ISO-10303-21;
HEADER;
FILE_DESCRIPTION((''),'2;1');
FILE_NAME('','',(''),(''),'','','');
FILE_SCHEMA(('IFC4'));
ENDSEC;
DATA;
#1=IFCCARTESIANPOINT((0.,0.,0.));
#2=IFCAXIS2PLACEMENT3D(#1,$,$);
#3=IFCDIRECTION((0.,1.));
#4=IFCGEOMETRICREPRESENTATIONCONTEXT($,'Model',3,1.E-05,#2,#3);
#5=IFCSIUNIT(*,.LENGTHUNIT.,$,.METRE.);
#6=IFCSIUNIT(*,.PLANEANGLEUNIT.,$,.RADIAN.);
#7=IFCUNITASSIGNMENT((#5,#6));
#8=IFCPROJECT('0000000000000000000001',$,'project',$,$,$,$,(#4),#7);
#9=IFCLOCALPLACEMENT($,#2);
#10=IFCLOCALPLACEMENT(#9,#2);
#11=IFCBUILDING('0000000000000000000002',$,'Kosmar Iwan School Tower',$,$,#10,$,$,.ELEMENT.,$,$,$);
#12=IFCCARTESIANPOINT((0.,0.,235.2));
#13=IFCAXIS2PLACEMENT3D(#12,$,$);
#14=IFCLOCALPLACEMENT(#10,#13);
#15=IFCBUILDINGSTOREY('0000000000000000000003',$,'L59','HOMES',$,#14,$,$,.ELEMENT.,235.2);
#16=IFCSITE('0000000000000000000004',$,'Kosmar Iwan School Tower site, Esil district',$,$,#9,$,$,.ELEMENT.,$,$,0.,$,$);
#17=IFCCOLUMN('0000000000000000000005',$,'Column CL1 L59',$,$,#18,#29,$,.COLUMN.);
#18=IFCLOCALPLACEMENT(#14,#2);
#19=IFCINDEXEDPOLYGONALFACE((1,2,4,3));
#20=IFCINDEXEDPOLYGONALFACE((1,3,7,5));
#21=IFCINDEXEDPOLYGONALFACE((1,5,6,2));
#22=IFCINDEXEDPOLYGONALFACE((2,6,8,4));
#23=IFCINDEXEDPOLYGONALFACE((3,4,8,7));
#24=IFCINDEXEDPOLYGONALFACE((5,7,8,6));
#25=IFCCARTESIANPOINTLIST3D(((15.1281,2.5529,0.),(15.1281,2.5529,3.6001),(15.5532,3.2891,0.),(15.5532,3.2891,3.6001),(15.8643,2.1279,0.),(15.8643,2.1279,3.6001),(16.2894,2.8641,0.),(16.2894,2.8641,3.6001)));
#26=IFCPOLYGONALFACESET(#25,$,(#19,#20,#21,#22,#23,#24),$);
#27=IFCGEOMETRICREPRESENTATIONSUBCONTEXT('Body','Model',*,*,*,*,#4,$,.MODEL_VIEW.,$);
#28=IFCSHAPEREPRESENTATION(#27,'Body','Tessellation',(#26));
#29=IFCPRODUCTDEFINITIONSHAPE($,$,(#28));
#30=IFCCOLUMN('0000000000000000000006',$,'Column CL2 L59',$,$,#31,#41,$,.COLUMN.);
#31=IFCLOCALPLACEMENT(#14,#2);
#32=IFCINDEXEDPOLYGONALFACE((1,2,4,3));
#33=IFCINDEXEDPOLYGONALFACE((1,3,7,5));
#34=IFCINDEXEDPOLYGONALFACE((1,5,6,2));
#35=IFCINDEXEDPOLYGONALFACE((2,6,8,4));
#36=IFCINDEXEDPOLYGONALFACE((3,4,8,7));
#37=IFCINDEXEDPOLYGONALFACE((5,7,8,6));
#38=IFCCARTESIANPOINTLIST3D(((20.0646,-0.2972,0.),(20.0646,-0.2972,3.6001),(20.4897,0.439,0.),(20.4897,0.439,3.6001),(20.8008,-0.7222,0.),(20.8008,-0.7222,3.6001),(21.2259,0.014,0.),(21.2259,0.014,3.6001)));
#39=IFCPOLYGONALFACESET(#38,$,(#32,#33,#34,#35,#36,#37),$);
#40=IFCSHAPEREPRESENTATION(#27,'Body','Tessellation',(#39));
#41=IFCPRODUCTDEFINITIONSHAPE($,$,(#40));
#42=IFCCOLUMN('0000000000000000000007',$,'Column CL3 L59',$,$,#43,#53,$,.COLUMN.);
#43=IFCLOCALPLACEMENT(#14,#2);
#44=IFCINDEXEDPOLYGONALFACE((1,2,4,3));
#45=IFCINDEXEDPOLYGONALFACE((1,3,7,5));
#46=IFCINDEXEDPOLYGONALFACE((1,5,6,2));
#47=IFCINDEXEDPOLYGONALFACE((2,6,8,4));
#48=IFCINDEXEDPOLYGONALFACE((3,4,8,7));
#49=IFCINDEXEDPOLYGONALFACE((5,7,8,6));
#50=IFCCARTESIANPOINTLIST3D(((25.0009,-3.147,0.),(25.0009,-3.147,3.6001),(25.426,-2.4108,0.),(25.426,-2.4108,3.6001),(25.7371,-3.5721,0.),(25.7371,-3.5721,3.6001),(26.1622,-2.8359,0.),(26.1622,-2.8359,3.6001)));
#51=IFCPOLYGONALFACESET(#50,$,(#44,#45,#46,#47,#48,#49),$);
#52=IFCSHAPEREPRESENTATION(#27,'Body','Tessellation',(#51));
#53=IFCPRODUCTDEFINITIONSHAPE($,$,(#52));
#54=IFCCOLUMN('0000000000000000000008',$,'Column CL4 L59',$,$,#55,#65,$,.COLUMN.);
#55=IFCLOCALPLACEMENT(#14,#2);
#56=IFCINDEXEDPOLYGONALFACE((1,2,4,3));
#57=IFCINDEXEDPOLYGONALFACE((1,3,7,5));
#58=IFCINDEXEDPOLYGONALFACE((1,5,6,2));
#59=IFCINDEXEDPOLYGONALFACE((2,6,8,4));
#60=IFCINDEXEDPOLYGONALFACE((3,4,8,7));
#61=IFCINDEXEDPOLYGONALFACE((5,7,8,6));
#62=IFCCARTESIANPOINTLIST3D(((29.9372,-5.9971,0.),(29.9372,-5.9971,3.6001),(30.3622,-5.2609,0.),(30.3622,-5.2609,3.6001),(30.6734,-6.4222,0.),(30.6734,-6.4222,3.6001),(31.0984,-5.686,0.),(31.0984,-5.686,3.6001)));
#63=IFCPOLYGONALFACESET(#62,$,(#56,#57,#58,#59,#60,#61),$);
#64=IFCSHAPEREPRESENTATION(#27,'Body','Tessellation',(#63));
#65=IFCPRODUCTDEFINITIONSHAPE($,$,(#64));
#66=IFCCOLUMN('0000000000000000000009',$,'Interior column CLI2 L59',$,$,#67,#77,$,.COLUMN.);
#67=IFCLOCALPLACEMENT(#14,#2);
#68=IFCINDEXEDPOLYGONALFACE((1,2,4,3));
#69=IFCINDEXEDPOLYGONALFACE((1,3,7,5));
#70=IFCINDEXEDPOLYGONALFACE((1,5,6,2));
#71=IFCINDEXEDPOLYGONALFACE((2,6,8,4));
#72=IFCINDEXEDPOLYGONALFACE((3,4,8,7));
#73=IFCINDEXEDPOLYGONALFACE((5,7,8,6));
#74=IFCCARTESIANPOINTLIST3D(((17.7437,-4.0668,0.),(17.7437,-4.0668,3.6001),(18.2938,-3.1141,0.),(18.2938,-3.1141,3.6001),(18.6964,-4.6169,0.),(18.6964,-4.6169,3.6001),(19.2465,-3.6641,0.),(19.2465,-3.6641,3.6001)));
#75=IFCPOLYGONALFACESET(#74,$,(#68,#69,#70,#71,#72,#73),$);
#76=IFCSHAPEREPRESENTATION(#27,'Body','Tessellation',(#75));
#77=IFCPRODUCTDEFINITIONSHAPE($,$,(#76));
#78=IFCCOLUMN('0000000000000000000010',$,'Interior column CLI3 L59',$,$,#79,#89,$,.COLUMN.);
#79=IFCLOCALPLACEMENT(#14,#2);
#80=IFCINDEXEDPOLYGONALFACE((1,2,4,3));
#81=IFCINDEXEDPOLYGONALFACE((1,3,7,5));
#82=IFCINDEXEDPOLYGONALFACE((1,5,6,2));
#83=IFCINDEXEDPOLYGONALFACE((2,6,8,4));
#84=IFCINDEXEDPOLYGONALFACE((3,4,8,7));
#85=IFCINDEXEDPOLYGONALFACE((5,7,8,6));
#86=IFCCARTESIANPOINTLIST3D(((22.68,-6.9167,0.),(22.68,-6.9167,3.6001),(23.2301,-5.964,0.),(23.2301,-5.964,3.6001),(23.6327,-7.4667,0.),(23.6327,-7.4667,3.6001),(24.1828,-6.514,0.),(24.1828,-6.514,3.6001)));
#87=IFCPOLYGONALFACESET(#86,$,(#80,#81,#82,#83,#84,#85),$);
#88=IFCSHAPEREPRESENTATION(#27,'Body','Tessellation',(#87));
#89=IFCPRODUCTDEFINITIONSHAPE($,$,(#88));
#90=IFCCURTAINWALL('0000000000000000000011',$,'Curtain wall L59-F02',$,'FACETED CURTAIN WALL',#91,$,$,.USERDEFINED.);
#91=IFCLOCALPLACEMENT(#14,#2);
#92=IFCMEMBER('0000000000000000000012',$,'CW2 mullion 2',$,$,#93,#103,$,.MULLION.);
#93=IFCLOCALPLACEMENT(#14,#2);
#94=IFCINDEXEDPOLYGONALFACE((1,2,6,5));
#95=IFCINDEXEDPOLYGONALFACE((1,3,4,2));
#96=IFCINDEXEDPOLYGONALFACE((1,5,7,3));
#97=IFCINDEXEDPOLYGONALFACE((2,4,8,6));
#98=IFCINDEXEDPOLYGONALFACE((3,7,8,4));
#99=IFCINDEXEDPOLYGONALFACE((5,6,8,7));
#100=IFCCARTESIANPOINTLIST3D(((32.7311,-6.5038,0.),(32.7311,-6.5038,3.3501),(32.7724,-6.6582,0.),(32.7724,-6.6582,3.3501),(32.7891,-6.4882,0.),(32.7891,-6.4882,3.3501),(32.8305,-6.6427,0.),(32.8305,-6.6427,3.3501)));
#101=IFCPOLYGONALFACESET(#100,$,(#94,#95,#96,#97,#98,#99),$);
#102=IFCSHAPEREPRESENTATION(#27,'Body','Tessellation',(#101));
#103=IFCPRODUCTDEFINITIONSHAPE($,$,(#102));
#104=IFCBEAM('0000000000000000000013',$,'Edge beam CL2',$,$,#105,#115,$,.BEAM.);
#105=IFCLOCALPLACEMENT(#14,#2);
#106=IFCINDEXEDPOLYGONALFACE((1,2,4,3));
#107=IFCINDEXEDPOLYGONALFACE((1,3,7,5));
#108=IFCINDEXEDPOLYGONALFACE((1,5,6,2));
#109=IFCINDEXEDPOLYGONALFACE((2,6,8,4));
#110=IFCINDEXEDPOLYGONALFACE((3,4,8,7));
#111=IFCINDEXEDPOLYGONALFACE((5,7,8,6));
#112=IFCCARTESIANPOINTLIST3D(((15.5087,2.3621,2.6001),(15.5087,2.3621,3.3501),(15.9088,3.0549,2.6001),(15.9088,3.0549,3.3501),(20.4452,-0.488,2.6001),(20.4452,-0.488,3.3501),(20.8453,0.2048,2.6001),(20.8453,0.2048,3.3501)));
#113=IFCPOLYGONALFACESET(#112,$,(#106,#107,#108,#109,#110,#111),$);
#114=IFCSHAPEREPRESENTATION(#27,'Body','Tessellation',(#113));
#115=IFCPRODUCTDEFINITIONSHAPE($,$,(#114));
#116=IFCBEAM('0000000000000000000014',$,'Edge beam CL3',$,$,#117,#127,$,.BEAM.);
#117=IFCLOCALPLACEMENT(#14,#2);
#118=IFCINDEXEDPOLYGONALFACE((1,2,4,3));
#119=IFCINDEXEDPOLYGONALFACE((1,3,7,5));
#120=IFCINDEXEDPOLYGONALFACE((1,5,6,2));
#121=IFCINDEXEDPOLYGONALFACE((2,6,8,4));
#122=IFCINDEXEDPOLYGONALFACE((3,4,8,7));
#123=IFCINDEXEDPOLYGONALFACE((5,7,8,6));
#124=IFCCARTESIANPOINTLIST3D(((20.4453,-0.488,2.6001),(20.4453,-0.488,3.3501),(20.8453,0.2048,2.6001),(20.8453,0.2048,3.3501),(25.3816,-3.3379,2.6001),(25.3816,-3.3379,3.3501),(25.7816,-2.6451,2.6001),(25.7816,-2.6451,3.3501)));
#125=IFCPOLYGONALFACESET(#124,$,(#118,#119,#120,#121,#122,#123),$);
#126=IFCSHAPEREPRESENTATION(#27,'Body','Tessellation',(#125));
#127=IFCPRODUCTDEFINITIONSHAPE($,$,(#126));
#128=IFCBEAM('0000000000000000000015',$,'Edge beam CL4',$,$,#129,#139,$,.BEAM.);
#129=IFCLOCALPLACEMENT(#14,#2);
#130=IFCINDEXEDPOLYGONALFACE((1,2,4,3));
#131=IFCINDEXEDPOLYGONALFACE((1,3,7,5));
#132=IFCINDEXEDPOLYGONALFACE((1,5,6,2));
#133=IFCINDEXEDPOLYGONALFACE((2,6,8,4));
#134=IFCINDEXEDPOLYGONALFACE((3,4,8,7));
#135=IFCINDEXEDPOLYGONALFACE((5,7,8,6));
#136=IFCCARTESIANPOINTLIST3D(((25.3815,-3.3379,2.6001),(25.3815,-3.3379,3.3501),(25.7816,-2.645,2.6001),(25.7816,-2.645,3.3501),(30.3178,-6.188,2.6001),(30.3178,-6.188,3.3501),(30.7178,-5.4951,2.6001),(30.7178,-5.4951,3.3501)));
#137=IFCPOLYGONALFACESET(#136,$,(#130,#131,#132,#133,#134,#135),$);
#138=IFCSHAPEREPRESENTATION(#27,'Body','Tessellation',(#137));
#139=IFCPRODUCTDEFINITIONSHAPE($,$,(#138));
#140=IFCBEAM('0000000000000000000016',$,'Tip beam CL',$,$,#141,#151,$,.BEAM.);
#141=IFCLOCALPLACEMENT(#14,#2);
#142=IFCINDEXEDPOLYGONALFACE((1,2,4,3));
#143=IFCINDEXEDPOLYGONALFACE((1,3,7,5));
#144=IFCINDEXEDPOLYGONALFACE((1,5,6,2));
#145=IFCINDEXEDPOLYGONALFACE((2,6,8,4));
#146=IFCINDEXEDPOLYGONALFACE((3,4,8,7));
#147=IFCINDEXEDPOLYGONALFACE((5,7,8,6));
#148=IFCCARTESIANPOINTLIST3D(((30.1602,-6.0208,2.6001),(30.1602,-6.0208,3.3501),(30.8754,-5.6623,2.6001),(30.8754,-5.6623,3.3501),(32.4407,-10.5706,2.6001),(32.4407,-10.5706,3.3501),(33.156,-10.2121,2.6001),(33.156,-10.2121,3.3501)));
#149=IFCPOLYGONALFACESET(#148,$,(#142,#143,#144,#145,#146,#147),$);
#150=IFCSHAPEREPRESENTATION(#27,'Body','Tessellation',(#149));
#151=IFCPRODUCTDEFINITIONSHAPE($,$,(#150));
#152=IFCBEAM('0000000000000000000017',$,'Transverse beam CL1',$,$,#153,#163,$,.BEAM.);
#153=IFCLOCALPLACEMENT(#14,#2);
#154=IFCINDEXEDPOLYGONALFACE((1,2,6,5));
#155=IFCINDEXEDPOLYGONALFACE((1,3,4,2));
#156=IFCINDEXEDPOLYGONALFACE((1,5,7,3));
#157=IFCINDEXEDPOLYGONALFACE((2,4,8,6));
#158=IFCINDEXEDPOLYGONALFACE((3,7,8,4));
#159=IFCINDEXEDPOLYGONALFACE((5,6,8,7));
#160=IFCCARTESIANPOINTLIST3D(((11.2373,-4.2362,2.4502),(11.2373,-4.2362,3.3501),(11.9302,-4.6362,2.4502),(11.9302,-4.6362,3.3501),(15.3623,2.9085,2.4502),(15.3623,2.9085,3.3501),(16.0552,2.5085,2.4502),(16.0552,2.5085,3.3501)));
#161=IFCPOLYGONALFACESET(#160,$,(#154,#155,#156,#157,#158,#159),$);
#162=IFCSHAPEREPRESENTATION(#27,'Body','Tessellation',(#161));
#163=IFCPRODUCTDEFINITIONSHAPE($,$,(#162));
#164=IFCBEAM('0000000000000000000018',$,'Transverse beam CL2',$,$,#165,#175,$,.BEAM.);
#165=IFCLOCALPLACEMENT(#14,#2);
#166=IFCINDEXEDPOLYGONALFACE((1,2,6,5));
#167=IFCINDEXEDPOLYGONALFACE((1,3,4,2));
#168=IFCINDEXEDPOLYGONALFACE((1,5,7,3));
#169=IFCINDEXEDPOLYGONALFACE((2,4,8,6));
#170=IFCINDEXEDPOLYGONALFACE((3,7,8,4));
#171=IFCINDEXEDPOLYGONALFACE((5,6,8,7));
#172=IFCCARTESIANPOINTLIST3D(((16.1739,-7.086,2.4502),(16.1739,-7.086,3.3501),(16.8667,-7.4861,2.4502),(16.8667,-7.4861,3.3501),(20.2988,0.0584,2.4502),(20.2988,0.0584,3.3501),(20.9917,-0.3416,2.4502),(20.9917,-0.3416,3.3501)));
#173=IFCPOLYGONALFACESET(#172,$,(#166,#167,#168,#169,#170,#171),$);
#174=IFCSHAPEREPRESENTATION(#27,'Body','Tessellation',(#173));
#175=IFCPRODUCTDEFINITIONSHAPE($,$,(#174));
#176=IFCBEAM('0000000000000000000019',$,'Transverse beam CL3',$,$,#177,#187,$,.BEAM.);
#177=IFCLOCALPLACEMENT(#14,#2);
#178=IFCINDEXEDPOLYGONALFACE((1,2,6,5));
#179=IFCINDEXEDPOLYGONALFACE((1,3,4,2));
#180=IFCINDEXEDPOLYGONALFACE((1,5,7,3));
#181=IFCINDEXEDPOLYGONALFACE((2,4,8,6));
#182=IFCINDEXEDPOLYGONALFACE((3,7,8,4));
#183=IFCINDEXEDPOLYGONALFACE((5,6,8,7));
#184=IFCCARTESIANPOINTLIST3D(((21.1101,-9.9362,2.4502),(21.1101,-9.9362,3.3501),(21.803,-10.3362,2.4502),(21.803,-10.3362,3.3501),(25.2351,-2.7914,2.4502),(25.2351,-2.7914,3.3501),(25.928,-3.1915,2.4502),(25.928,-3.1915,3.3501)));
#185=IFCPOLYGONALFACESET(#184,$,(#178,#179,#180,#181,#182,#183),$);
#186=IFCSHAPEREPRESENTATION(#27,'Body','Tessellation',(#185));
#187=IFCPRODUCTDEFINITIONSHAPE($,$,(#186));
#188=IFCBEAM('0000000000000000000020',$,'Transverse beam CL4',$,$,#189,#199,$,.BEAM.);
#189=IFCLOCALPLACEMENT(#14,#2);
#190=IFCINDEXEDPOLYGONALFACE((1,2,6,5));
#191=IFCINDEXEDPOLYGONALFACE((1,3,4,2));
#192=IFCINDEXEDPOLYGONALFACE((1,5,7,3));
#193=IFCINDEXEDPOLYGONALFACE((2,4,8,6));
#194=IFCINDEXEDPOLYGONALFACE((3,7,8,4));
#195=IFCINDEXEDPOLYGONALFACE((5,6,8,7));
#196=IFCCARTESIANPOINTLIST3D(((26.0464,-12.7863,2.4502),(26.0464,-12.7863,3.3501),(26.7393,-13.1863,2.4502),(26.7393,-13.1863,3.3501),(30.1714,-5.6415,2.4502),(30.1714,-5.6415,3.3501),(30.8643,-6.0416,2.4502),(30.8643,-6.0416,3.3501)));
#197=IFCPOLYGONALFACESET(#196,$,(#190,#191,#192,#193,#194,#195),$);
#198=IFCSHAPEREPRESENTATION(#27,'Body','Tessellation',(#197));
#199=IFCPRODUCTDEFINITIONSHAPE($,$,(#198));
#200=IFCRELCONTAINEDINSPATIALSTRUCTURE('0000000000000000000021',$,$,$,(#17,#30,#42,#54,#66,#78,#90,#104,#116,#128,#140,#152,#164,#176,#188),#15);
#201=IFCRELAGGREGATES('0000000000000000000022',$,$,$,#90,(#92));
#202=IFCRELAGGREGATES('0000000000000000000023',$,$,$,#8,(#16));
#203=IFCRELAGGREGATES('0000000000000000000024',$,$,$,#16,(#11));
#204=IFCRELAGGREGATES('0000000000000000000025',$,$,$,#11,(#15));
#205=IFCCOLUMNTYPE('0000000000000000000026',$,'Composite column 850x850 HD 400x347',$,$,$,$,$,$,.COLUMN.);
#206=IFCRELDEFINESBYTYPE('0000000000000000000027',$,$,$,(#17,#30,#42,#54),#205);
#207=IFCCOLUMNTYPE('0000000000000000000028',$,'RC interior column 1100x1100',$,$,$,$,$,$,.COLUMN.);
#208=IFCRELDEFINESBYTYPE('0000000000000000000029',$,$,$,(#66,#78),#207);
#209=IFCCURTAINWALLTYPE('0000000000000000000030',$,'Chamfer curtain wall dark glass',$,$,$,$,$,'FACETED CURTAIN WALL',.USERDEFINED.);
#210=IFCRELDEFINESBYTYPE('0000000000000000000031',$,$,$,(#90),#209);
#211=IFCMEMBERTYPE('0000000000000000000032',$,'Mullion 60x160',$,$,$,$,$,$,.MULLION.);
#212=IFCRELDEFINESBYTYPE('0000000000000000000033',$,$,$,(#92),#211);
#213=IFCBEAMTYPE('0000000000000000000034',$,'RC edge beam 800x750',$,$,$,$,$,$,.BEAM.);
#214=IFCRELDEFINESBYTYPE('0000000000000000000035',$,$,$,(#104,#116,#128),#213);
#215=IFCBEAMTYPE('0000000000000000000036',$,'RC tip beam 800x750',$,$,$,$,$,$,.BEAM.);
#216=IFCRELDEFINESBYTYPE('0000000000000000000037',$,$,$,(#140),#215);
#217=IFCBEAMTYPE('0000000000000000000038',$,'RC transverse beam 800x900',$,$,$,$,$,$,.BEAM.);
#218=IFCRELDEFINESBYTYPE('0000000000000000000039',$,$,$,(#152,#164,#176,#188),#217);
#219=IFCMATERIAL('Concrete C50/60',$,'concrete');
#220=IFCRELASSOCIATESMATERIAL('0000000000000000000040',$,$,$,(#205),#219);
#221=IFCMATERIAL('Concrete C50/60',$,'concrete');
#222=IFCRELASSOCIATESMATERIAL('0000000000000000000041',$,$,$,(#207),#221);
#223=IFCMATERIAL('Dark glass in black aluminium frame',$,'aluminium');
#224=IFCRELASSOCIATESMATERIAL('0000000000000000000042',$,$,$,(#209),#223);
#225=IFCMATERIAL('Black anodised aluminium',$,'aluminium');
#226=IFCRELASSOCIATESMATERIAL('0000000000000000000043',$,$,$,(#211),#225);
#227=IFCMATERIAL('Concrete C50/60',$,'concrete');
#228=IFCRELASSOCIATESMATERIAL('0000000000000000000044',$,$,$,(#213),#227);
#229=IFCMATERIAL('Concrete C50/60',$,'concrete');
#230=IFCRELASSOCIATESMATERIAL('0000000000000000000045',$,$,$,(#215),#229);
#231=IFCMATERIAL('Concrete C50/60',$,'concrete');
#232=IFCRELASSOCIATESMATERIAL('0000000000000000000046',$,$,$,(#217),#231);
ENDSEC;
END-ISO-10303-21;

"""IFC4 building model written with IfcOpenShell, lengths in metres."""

from ifc_helpers import new_model, si_unit, direction, frame, origin, origin_2d, place, context, subcontext, project, spatial, rectangle, extrude, material, material_profile, profile_set, type_object, element, aggregate, save


model = new_model("IFC4")

# Units and contexts
model_context = context("Model", 3, precision=1e-05, world=origin(), true_north=direction((0.0, 1.0)))
body_context = subcontext(model_context, "Body", "Model", "MODEL_VIEW")
ifc_project = project(units=[si_unit("LENGTHUNIT", "METRE"), si_unit("PLANEANGLEUNIT", "RADIAN")], contexts=[model_context])

# Site, building, storey
site_placement = place(None, origin())
site = spatial("IfcSite", under=ifc_project, at=site_placement, Name="Kosmar Iwan School Tower site, Esil district", CompositionType="ELEMENT", RefElevation=0.0)
building_placement = place(site_placement, origin())
building = spatial("IfcBuilding", under=site, at=building_placement, Name="Kosmar Iwan School Tower", CompositionType="ELEMENT")
storey_placement = place(building_placement, frame((0.0, 0.0, 235.2)))
storey = spatial("IfcBuildingStorey", under=building, at=storey_placement, Name="L59", Description="HOMES", CompositionType="ELEMENT", Elevation=235.2)

# Columns
ifc_material_1 = material(Name="Concrete C50/60", Category="concrete")
ifc_material_profile_1 = material_profile(ifc_material_1, rectangle(XDim=0.8501, YDim=0.8501, at=origin_2d()), Name="RC 850x850 + HD 400x347")
ifc_profile_set_1 = profile_set([ifc_material_profile_1], Name="Concrete C50/60")
column_type_1 = type_object("IfcColumnType", Name="Composite column 850x850 HD 400x347", PredefinedType="COLUMN", material=ifc_profile_set_1)
for number, where, z_axis, x_axis, name in (
    (1, (15.7087, 2.7085, 0.0), (0.0, 0.0, 1.0), (0.866025, -0.5, 0.0), "Column CL1 L59"),
    (2, (20.6453, -0.1416, 0.0), (0.0, 0.0, 1.0), (0.866025, -0.5, 0.0), "Column CL2 L59"),
    (3, (25.5815, -2.9915, 0.0), (0.0, 0.0, 1.0), (0.866025, -0.5, 0.0), "Column CL3 L59"),
    (4, (30.5178, -5.8416, 0.0), (0.0, 0.0, 1.0), (0.866025, -0.5, 0.0), "Column CL4 L59"),
):
    element("IfcColumn", number, at=place(storey_placement, frame(where, z_axis=z_axis, x_axis=x_axis)), inside=storey, type_object=column_type_1, Name=name, PredefinedType="COLUMN", context=body_context, shape_type="SweptSolid", body=[
        extrude(rectangle(XDim=0.8501, YDim=0.8501, at=origin_2d()), origin(), (0.0, 0.0, 1.0), 3.6001),
    ])
ifc_material_2 = material(Name="Concrete C50/60", Category="concrete")
ifc_material_profile_2 = material_profile(ifc_material_2, rectangle(XDim=1.1001, YDim=1.1001, at=origin_2d()), Name="RC 1100x1100")
ifc_profile_set_2 = profile_set([ifc_material_profile_2], Name="Concrete C50/60")
column_type_2 = type_object("IfcColumnType", Name="RC interior column 1100x1100", PredefinedType="COLUMN", material=ifc_profile_set_2)
for number, where, z_axis, x_axis, name in (
    (5, (18.4951, -3.8655, 0.0), (0.0, 0.0, 1.0), (0.866025, -0.5, 0.0), "Interior column CLI2 L59"),
    (6, (23.4314, -6.7153, 0.0), (0.0, 0.0, 1.0), (0.866025, -0.5, 0.0), "Interior column CLI3 L59"),
):
    element("IfcColumn", number, at=place(storey_placement, frame(where, z_axis=z_axis, x_axis=x_axis)), inside=storey, type_object=column_type_2, Name=name, PredefinedType="COLUMN", context=body_context, shape_type="SweptSolid", body=[
        extrude(rectangle(XDim=1.1001, YDim=1.1001, at=origin_2d()), origin(), (0.0, 0.0, 1.0), 3.6001),
    ])

# Curtain wall, member
ifc_material_3 = material(Name="Dark glass in black aluminium frame", Category="aluminium")
curtain_wall_type = type_object("IfcCurtainWallType", Name="Chamfer curtain wall dark glass", ElementType="FACETED CURTAIN WALL", PredefinedType="USERDEFINED", material=ifc_material_3)
curtain_wall_placement = place(storey_placement, origin())
curtain_wall = element("IfcCurtainWall", 7, at=curtain_wall_placement, inside=storey, type_object=curtain_wall_type, Name="Curtain wall L59-F02", ObjectType="FACETED CURTAIN WALL", PredefinedType="USERDEFINED")
ifc_material_4 = material(Name="Black anodised aluminium", Category="aluminium")
ifc_material_profile_3 = material_profile(ifc_material_4, rectangle(XDim=0.0601, YDim=0.1599, at=origin_2d()), Name="MULLION 60x160")
ifc_profile_set_3 = profile_set([ifc_material_profile_3], Name="Black anodised aluminium")
member_type = type_object("IfcMemberType", Name="Mullion 60x160", PredefinedType="MULLION", material=ifc_profile_set_3)
member_placement = place(storey_placement, frame((32.7808, -6.5732, 0.0), z_axis=(0.0, 0.0, 1.0), x_axis=(-0.965926, -0.258819, 0.0)))
member = element("IfcMember", 8, at=member_placement, type_object=member_type, Name="CW2 mullion 2", PredefinedType="MULLION", context=body_context, shape_type="SweptSolid", body=[
    extrude(rectangle(XDim=0.0601, YDim=0.1599, at=origin_2d()), origin(), (0.0, 0.0, 1.0), 3.3501),
])

# Beams
ifc_material_5 = material(Name="Concrete C50/60", Category="concrete")
ifc_material_profile_4 = material_profile(ifc_material_5, rectangle(XDim=0.8, YDim=0.75, at=origin_2d()), Name="RC 800x750")
ifc_profile_set_4 = profile_set([ifc_material_profile_4], Name="Concrete C50/60")
beam_type_1 = type_object("IfcBeamType", Name="RC edge beam 800x750", PredefinedType="BEAM", material=ifc_profile_set_4)
beam_1_placement = place(storey_placement, frame((15.7087, 2.7085, 2.9751), z_axis=(0.866026, -0.499999, 0.0), x_axis=(0.499999, 0.866026, 0.0)))
element("IfcBeam", 9, at=beam_1_placement, inside=storey, type_object=beam_type_1, Name="Edge beam CL2", PredefinedType="BEAM", context=body_context, shape_type="SweptSolid", body=[
    extrude(rectangle(XDim=0.8, YDim=0.75, at=origin_2d()), origin(), (0.0, 0.0, 1.0), 5.7002),
])
for number, where, z_axis, x_axis, name in (
    (10, (20.6453, -0.1416, 2.9751), (0.866034, -0.499986, 0.0), (0.499986, 0.866034, 0.0), "Edge beam CL3"),
    (11, (25.5815, -2.9915, 2.9751), (0.866015, -0.500018, 0.0), (0.500018, 0.866015, 0.0), "Edge beam CL4"),
):
    element("IfcBeam", number, at=place(storey_placement, frame(where, z_axis=z_axis, x_axis=x_axis)), inside=storey, type_object=beam_type_1, Name=name, PredefinedType="BEAM", context=body_context, shape_type="SweptSolid", body=[
        extrude(rectangle(XDim=0.8, YDim=0.75, at=origin_2d()), origin(), (0.0, 0.0, 1.0), 5.7),
    ])
ifc_material_6 = material(Name="Concrete C50/60", Category="concrete")
ifc_material_profile_5 = material_profile(ifc_material_6, rectangle(XDim=0.8, YDim=0.75, at=origin_2d()), Name="RC 800x750")
ifc_profile_set_5 = profile_set([ifc_material_profile_5], Name="Concrete C50/60")
beam_type_2 = type_object("IfcBeamType", Name="RC tip beam 800x750", PredefinedType="BEAM", material=ifc_profile_set_5)
beam_2_placement = place(storey_placement, frame((30.5178, -5.8416, 2.9751), z_axis=(0.448096, -0.893985, 0.0), x_axis=(0.893985, 0.448096, 0.0)))
element("IfcBeam", 12, at=beam_2_placement, inside=storey, type_object=beam_type_2, Name="Tip beam CL", PredefinedType="BEAM", context=body_context, shape_type="SweptSolid", body=[
    extrude(rectangle(XDim=0.8, YDim=0.75, at=origin_2d()), origin(), (0.0, 0.0, 1.0), 5.0894),
])
ifc_material_7 = material(Name="Concrete C50/60", Category="concrete")
ifc_material_profile_6 = material_profile(ifc_material_7, rectangle(XDim=0.8, YDim=0.8999, at=origin_2d()), Name="RC 800x900")
ifc_profile_set_6 = profile_set([ifc_material_profile_6], Name="Concrete C50/60")
beam_type_3 = type_object("IfcBeamType", Name="RC transverse beam 800x900", PredefinedType="BEAM", material=ifc_profile_set_6)
beam_3_placement = place(storey_placement, frame((15.7087, 2.7085, 2.9001), z_axis=(-0.499997, -0.866027, 0.0), x_axis=(0.866027, -0.499997, 0.0)))
element("IfcBeam", 13, at=beam_3_placement, inside=storey, type_object=beam_type_3, Name="Transverse beam CL1", PredefinedType="BEAM", context=body_context, shape_type="SweptSolid", body=[
    extrude(rectangle(XDim=0.8, YDim=0.8999, at=origin_2d()), origin(), (0.0, 0.0, 1.0), 8.25),
])
beam_4_placement = place(storey_placement, frame((20.6453, -0.1416, 2.9001), z_axis=(-0.500009, -0.86602, 0.0), x_axis=(0.86602, -0.500009, 0.0)))
element("IfcBeam", 14, at=beam_4_placement, inside=storey, type_object=beam_type_3, Name="Transverse beam CL2", PredefinedType="BEAM", context=body_context, shape_type="SweptSolid", body=[
    extrude(rectangle(XDim=0.8, YDim=0.8999, at=origin_2d()), origin(), (0.0, 0.0, 1.0), 8.2498),
])
for number, where, z_axis, x_axis, name in (
    (15, (25.5815, -2.9915, 2.9001), (-0.499997, -0.866027, 0.0), (0.866027, -0.499997, 0.0), "Transverse beam CL3"),
    (16, (30.5178, -5.8416, 2.9001), (-0.499997, -0.866027, 0.0), (0.866027, -0.499997, 0.0), "Transverse beam CL4"),
):
    element("IfcBeam", number, at=place(storey_placement, frame(where, z_axis=z_axis, x_axis=x_axis)), inside=storey, type_object=beam_type_3, Name=name, PredefinedType="BEAM", context=body_context, shape_type="SweptSolid", body=[
        extrude(rectangle(XDim=0.8, YDim=0.8999, at=origin_2d()), origin(), (0.0, 0.0, 1.0), 8.25),
    ])

aggregate(curtain_wall, [member])

save(model, "model.ifc")
